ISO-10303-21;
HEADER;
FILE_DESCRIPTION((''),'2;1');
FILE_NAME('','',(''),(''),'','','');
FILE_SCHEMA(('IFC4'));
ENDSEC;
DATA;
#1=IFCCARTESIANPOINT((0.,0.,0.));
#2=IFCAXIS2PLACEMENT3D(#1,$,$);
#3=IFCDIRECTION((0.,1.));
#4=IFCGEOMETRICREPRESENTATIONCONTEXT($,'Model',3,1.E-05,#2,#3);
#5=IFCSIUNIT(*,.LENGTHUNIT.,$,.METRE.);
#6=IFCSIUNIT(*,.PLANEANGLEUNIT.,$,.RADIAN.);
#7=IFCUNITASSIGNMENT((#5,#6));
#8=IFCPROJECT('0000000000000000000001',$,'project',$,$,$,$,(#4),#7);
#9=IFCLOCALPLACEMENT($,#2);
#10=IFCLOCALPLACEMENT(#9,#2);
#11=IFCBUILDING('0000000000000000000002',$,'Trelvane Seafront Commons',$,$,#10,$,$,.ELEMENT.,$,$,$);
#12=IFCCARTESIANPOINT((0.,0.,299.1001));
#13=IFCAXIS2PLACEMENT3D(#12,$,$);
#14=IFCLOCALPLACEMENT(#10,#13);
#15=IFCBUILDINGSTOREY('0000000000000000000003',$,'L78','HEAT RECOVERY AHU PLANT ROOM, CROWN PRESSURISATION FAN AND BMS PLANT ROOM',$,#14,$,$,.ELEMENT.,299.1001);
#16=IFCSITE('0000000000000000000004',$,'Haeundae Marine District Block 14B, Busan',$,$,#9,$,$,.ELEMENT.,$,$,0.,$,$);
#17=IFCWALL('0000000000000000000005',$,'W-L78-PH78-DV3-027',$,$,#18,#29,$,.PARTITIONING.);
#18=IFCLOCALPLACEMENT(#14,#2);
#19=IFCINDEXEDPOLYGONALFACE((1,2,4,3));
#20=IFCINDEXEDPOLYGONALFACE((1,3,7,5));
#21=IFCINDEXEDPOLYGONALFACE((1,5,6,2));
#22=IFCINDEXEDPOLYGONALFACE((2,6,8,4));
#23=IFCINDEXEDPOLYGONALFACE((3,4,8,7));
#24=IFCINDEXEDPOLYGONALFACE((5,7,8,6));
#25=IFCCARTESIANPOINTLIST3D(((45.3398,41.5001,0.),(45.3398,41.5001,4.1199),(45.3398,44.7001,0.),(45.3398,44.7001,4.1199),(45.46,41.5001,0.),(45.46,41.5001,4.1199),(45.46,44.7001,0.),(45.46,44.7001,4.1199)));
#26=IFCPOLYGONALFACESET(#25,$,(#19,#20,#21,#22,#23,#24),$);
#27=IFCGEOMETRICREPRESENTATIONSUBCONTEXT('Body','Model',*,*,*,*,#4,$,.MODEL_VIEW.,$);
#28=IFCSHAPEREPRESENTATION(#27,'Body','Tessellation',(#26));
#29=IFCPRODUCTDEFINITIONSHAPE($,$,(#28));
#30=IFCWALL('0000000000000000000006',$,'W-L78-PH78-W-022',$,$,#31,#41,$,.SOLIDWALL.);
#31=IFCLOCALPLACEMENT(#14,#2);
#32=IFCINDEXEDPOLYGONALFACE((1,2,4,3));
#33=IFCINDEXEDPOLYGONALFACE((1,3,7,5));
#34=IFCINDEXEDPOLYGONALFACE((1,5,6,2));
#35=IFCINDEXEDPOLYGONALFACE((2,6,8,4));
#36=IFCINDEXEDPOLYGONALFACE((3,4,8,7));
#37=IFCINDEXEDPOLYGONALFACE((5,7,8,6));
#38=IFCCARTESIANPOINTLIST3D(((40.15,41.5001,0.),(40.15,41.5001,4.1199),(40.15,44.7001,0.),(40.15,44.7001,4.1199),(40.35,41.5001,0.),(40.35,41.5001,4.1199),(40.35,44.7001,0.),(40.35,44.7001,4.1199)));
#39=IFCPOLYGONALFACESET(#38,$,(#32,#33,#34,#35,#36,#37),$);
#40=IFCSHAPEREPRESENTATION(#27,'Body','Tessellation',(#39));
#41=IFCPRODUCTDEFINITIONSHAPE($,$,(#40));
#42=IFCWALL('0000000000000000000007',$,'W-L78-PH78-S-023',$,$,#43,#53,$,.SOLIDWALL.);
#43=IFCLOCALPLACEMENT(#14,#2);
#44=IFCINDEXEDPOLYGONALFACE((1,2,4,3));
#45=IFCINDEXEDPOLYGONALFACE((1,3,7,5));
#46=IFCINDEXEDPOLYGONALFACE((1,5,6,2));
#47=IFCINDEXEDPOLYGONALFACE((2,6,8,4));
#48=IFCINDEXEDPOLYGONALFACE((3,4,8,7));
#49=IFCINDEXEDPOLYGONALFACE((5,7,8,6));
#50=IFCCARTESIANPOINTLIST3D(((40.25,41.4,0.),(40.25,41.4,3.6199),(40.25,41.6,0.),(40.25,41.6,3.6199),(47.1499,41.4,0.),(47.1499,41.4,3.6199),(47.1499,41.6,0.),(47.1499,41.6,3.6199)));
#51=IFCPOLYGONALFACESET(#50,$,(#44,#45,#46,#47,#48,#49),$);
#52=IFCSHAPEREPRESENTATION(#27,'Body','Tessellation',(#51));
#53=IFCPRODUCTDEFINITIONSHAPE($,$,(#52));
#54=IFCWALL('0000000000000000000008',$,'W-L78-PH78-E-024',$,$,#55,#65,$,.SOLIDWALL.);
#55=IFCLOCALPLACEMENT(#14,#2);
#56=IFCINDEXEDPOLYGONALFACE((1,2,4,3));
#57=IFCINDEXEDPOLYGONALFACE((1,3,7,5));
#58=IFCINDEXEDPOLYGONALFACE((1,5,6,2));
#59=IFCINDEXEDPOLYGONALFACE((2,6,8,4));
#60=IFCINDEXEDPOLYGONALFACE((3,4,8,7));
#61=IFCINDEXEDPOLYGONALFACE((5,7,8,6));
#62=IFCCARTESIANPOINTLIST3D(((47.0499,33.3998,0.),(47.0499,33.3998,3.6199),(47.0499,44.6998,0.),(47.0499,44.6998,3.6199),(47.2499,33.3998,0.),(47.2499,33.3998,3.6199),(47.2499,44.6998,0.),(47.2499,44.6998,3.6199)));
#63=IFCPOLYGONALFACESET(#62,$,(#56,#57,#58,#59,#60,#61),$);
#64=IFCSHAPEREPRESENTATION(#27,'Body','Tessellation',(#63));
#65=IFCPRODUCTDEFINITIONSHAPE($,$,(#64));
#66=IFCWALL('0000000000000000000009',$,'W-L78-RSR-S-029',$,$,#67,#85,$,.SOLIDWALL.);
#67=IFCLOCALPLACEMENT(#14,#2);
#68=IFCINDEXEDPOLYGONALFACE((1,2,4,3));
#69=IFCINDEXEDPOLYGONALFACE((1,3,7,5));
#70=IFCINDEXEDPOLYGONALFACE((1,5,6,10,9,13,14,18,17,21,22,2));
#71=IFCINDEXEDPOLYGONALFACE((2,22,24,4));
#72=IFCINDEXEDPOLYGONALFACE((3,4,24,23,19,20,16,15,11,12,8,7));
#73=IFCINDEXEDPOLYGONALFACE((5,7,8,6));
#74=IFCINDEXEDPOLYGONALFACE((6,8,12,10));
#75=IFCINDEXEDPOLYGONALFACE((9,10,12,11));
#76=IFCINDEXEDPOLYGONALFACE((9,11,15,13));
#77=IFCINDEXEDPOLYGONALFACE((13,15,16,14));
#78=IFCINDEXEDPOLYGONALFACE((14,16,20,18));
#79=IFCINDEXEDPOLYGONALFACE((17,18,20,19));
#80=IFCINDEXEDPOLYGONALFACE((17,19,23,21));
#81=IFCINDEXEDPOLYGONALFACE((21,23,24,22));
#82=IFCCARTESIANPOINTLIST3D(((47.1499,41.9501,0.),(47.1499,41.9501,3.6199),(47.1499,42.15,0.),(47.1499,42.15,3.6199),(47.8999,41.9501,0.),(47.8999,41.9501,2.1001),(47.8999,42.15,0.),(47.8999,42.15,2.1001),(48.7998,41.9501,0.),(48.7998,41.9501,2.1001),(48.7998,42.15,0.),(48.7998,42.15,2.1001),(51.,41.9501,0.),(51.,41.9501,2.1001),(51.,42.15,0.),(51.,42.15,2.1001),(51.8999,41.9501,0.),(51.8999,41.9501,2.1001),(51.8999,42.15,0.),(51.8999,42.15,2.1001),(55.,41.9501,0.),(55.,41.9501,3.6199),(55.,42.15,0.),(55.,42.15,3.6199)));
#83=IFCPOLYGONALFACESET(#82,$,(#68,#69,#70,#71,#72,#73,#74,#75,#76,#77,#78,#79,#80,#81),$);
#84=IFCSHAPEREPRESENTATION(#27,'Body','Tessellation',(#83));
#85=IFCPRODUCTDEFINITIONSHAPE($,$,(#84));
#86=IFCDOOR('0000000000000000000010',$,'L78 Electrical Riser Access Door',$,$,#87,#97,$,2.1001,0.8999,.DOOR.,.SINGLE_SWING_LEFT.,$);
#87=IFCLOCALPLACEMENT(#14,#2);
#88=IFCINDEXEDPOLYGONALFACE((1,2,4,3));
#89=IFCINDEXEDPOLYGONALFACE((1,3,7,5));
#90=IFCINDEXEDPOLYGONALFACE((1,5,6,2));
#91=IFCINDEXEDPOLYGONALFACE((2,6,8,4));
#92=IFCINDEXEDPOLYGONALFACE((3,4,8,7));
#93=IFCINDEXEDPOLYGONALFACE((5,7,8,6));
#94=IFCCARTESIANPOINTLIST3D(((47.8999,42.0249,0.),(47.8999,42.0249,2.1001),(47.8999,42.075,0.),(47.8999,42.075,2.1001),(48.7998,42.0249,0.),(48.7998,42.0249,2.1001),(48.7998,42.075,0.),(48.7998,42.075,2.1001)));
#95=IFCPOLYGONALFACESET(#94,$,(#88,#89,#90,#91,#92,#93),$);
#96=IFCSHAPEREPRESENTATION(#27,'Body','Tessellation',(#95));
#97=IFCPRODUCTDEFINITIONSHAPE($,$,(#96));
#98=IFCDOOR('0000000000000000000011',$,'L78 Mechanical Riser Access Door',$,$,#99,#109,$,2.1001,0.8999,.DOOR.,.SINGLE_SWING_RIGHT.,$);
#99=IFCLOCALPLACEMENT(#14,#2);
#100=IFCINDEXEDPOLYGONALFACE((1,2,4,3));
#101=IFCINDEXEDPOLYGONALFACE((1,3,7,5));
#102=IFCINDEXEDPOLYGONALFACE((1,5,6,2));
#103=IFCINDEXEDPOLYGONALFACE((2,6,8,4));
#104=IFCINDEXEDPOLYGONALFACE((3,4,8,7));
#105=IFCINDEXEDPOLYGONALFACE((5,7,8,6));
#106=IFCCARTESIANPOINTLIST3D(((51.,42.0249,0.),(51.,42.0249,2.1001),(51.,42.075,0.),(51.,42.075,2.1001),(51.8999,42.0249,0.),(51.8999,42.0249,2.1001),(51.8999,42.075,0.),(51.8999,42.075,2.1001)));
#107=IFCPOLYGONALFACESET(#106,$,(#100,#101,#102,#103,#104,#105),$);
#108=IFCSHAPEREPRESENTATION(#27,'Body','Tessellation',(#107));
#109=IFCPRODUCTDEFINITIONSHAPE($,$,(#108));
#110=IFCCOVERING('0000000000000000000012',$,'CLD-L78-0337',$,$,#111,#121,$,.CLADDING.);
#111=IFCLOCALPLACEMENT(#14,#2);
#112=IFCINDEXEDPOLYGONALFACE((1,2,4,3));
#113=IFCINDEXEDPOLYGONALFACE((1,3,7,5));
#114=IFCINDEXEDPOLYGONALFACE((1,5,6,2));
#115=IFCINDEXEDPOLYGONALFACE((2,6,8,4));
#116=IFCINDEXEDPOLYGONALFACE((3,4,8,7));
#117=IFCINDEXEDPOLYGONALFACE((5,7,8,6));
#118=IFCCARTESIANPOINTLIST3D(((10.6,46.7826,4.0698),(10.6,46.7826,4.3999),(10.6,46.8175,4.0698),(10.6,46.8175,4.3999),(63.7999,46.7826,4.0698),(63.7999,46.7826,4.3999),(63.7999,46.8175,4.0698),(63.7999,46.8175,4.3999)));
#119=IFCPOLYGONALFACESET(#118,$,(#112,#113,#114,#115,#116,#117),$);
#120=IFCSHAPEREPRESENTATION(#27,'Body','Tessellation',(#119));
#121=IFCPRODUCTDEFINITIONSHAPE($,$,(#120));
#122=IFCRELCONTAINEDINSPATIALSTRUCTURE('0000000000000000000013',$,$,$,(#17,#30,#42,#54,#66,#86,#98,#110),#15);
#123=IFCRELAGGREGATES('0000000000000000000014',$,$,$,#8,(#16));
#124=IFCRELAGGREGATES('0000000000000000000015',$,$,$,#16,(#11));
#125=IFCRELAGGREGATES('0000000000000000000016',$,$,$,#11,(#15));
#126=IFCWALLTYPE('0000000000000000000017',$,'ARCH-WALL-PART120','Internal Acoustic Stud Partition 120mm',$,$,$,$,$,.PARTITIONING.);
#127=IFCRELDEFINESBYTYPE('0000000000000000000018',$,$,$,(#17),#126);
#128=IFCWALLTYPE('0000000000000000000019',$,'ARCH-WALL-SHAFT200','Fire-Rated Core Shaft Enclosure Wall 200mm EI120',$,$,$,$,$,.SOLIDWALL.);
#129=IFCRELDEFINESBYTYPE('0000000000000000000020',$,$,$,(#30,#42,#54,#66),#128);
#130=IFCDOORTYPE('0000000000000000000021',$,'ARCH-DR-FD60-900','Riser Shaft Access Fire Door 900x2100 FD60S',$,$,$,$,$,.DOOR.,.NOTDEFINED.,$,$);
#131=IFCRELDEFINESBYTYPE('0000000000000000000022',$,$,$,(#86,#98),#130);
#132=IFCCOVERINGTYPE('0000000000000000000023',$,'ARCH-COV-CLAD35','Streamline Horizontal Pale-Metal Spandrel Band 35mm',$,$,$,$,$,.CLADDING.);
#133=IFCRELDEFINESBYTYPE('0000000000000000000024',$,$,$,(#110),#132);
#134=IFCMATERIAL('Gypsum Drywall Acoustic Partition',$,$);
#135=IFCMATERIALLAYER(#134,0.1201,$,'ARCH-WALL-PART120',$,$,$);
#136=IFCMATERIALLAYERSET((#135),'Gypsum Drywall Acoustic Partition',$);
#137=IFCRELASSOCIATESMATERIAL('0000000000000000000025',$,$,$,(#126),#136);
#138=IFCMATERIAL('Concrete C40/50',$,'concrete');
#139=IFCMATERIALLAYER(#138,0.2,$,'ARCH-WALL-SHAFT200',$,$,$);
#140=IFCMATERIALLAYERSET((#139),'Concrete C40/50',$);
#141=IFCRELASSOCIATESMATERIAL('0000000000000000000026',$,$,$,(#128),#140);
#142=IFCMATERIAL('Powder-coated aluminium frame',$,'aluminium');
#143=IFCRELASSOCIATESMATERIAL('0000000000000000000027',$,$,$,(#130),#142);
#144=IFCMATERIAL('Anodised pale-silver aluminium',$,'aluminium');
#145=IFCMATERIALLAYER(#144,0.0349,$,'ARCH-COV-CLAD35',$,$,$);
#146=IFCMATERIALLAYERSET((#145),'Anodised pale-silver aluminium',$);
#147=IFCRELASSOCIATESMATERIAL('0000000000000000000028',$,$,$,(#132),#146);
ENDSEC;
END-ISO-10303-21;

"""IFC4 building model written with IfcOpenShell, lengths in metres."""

from ifc_helpers import new_model, si_unit, direction, frame, frame_2d, origin, origin_2d, place, context, subcontext, project, spatial, rectangle, extrude, source, transform, mapped, material, layer, layer_set, type_object, element, fill, save


model = new_model("IFC4")

# Units and contexts
model_context = context("Model", 3, precision=1e-05, world=origin(), true_north=direction((0.0, 1.0)))
body_context = subcontext(model_context, "Body", "Model", "MODEL_VIEW")
ifc_project = project(units=[si_unit("LENGTHUNIT", "METRE"), si_unit("PLANEANGLEUNIT", "RADIAN")], contexts=[model_context])

# Site, building, storey
site_placement = place(None, origin())
site = spatial("IfcSite", under=ifc_project, at=site_placement, Name="Haeundae Marine District Block 14B, Busan", CompositionType="ELEMENT", RefElevation=0.0)
building_placement = place(site_placement, origin())
building = spatial("IfcBuilding", under=site, at=building_placement, Name="Trelvane Seafront Commons", CompositionType="ELEMENT")
storey_placement = place(building_placement, frame((0.0, 0.0, 299.1001)))
storey = spatial("IfcBuildingStorey", under=building, at=storey_placement, Name="L78", Description="HEAT RECOVERY AHU PLANT ROOM, CROWN PRESSURISATION FAN AND BMS PLANT ROOM", CompositionType="ELEMENT", Elevation=299.1001)

# Shared definitions
ifc_material_1 = material(Name="Anodised pale-silver aluminium", Category="aluminium")

# Shared definitions
ifc_material_2 = material(Name="Concrete C40/50", Category="concrete")
ifc_material_3 = material(Name="Powder-coated aluminium frame", Category="aluminium")

# Walls
ifc_material_4 = material(Name="Gypsum Drywall Acoustic Partition")
ifc_layer_1 = layer(ifc_material_4, 0.1201, Name="ARCH-WALL-PART120")
ifc_layer_set_1 = layer_set([ifc_layer_1], Name="Gypsum Drywall Acoustic Partition")
wall_type_1 = type_object("IfcWallType", Name="ARCH-WALL-PART120", Description="Internal Acoustic Stud Partition 120mm", PredefinedType="PARTITIONING", material=ifc_layer_set_1)
wall_1_placement = place(storey_placement, frame((45.3999, 41.5, 0.0), z_axis=(0.0, 0.0, 1.0), x_axis=(0.0, 1.0, 0.0)))
element("IfcWall", 1, at=wall_1_placement, inside=storey, type_object=wall_type_1, Name="W-L78-PH78-DV3-027", PredefinedType="PARTITIONING", context=body_context, shape_type="SweptSolid", body=[
    extrude(rectangle(XDim=3.2, YDim=0.1201, at=frame_2d((1.6001, 0.0))), origin(), (0.0, 0.0, 1.0), 4.1199),
])
ifc_layer_2 = layer(ifc_material_2, 0.2, Name="ARCH-WALL-SHAFT200")
ifc_layer_set_2 = layer_set([ifc_layer_2], Name="Concrete C40/50")
wall_type_2 = type_object("IfcWallType", Name="ARCH-WALL-SHAFT200", Description="Fire-Rated Core Shaft Enclosure Wall 200mm EI120", PredefinedType="SOLIDWALL", material=ifc_layer_set_2)
wall_2_placement = place(storey_placement, frame((40.25, 41.5, 0.0), z_axis=(0.0, 0.0, 1.0), x_axis=(0.0, 1.0, 0.0)))
element("IfcWall", 2, at=wall_2_placement, inside=storey, type_object=wall_type_2, Name="W-L78-PH78-W-022", PredefinedType="SOLIDWALL", context=body_context, shape_type="SweptSolid", body=[
    extrude(rectangle(XDim=3.2, YDim=0.2, at=frame_2d((1.6001, 0.0))), origin(), (0.0, 0.0, 1.0), 4.1199),
])
wall_3_placement = place(storey_placement, frame((40.25, 41.5, 0.0), z_axis=(0.0, 0.0, 1.0), x_axis=(1.0, 0.0, 0.0)))
element("IfcWall", 3, at=wall_3_placement, inside=storey, type_object=wall_type_2, Name="W-L78-PH78-S-023", PredefinedType="SOLIDWALL", context=body_context, shape_type="SweptSolid", body=[
    extrude(rectangle(XDim=6.8999, YDim=0.2, at=frame_2d((3.45, 0.0))), origin(), (0.0, 0.0, 1.0), 3.6199),
])
wall_4_placement = place(storey_placement, frame((47.1499, 33.3999, 0.0), z_axis=(0.0, 0.0, 1.0), x_axis=(0.0, 1.0, 0.0)))
element("IfcWall", 4, at=wall_4_placement, inside=storey, type_object=wall_type_2, Name="W-L78-PH78-E-024", PredefinedType="SOLIDWALL", context=body_context, shape_type="SweptSolid", body=[
    extrude(rectangle(XDim=11.3, YDim=0.2, at=frame_2d((5.6499, 0.0))), origin(), (0.0, 0.0, 1.0), 3.6199),
])

# Wall, openings, doors
wall_5_placement = place(storey_placement, frame((47.1499, 42.05, 0.0), z_axis=(0.0, 0.0, 1.0), x_axis=(1.0, 0.0, 0.0)))
wall_5 = element("IfcWall", 5, at=wall_5_placement, inside=storey, type_object=wall_type_2, Name="W-L78-RSR-S-029", PredefinedType="SOLIDWALL", context=body_context, shape_type="SweptSolid", body=[
    extrude(rectangle(XDim=7.8501, YDim=0.2, at=frame_2d((3.925, 0.0))), origin(), (0.0, 0.0, 1.0), 3.6199),
])
opening_1_placement = place(wall_5_placement, frame((0.75, 0.0, 0.0)))
opening_1 = element("IfcOpeningElement", 6, at=opening_1_placement, cuts=wall_5, PredefinedType="OPENING", context=body_context, shape_type="SweptSolid", body=[
    extrude(rectangle(XDim=0.8999, YDim=2.1001, at=frame_2d((0.45, 1.05))), frame((0.0, 0.1099, 0.0), z_axis=(0.0, -1.0, 0.0), x_axis=(1.0, 0.0, 0.0)), (0.0, 0.0, 1.0), 0.22),
])
opening_2_placement = place(wall_5_placement, frame((3.8501, 0.0, 0.0)))
opening_2 = element("IfcOpeningElement", 7, at=opening_2_placement, cuts=wall_5, PredefinedType="OPENING", context=body_context, shape_type="SweptSolid", body=[
    extrude(rectangle(XDim=0.8999, YDim=2.1001, at=frame_2d((0.45, 1.05))), frame((0.0, 0.1099, 0.0), z_axis=(0.0, -1.0, 0.0), x_axis=(1.0, 0.0, 0.0)), (0.0, 0.0, 1.0), 0.22),
])
door_type_1 = type_object("IfcDoorType", Name="ARCH-DR-FD60-900", Description="Riser Shaft Access Fire Door 900x2100 FD60S", OperationType="NOTDEFINED", PredefinedType="DOOR", material=ifc_material_3)
shared_shape_1 = source(origin(), body_context, "Body", "SweptSolid", [
    extrude(rectangle(XDim=0.8999, YDim=2.1001, at=frame_2d((0.45, 1.05))), frame((0.0, 0.0249, 0.0), z_axis=(0.0, -1.0, 0.0), x_axis=(1.0, 0.0, 0.0)), (0.0, 0.0, 1.0), 0.05),
])
door_1_placement = place(opening_1_placement, origin())
door_1 = element("IfcDoor", 8, at=door_1_placement, inside=storey, type_object=door_type_1, Name="L78 Electrical Riser Access Door", OperationType="SINGLE_SWING_LEFT", OverallHeight=2.1001, OverallWidth=0.8999, PredefinedType="DOOR", context=body_context, shape_type="MappedRepresentation", body=[
    mapped(shared_shape_1, transform((0.0, 0.0, 0.0), x_axis=(1.0, 0.0, 0.0), y_axis=(0.0, 1.0, 0.0), z_axis=(0.0, 0.0, 1.0), scale=1.0)),
])
fill(opening_1, door_1)
door_2_placement = place(opening_2_placement, origin())
door_2 = element("IfcDoor", 9, at=door_2_placement, inside=storey, type_object=door_type_1, Name="L78 Mechanical Riser Access Door", OperationType="SINGLE_SWING_RIGHT", OverallHeight=2.1001, OverallWidth=0.8999, PredefinedType="DOOR", context=body_context, shape_type="MappedRepresentation", body=[
    mapped(shared_shape_1, transform((0.0, 0.0, 0.0), x_axis=(1.0, 0.0, 0.0), y_axis=(0.0, 1.0, 0.0), z_axis=(0.0, 0.0, 1.0), scale=1.0)),
])
fill(opening_2, door_2)

# Covering
ifc_layer_3 = layer(ifc_material_1, 0.0349, Name="ARCH-COV-CLAD35")
ifc_layer_set_3 = layer_set([ifc_layer_3], Name="Anodised pale-silver aluminium")
covering_type = type_object("IfcCoveringType", Name="ARCH-COV-CLAD35", Description="Streamline Horizontal Pale-Metal Spandrel Band 35mm", PredefinedType="CLADDING", material=ifc_layer_set_3)
shared_shape_2 = source(origin(), body_context, "Body", "SweptSolid", [
    extrude(rectangle(XDim=53.2, YDim=0.0349, at=origin_2d()), origin(), (0.0, 0.0, 1.0), 0.3301),
])
covering_placement = place(storey_placement, frame((37.2, 46.8, 4.0698), z_axis=(0.0, 0.0, 1.0), x_axis=(1.0, 0.0, 0.0)))
element("IfcCovering", 10, at=covering_placement, inside=storey, type_object=covering_type, Name="CLD-L78-0337", PredefinedType="CLADDING", context=body_context, shape_type="MappedRepresentation", body=[
    mapped(shared_shape_2, transform((0.0, 0.0, 0.0), x_axis=(1.0, 0.0, 0.0), y_axis=(0.0, 1.0, 0.0), z_axis=(0.0, 0.0, 1.0), scale=1.0)),
])

save(model, "model.ifc")
